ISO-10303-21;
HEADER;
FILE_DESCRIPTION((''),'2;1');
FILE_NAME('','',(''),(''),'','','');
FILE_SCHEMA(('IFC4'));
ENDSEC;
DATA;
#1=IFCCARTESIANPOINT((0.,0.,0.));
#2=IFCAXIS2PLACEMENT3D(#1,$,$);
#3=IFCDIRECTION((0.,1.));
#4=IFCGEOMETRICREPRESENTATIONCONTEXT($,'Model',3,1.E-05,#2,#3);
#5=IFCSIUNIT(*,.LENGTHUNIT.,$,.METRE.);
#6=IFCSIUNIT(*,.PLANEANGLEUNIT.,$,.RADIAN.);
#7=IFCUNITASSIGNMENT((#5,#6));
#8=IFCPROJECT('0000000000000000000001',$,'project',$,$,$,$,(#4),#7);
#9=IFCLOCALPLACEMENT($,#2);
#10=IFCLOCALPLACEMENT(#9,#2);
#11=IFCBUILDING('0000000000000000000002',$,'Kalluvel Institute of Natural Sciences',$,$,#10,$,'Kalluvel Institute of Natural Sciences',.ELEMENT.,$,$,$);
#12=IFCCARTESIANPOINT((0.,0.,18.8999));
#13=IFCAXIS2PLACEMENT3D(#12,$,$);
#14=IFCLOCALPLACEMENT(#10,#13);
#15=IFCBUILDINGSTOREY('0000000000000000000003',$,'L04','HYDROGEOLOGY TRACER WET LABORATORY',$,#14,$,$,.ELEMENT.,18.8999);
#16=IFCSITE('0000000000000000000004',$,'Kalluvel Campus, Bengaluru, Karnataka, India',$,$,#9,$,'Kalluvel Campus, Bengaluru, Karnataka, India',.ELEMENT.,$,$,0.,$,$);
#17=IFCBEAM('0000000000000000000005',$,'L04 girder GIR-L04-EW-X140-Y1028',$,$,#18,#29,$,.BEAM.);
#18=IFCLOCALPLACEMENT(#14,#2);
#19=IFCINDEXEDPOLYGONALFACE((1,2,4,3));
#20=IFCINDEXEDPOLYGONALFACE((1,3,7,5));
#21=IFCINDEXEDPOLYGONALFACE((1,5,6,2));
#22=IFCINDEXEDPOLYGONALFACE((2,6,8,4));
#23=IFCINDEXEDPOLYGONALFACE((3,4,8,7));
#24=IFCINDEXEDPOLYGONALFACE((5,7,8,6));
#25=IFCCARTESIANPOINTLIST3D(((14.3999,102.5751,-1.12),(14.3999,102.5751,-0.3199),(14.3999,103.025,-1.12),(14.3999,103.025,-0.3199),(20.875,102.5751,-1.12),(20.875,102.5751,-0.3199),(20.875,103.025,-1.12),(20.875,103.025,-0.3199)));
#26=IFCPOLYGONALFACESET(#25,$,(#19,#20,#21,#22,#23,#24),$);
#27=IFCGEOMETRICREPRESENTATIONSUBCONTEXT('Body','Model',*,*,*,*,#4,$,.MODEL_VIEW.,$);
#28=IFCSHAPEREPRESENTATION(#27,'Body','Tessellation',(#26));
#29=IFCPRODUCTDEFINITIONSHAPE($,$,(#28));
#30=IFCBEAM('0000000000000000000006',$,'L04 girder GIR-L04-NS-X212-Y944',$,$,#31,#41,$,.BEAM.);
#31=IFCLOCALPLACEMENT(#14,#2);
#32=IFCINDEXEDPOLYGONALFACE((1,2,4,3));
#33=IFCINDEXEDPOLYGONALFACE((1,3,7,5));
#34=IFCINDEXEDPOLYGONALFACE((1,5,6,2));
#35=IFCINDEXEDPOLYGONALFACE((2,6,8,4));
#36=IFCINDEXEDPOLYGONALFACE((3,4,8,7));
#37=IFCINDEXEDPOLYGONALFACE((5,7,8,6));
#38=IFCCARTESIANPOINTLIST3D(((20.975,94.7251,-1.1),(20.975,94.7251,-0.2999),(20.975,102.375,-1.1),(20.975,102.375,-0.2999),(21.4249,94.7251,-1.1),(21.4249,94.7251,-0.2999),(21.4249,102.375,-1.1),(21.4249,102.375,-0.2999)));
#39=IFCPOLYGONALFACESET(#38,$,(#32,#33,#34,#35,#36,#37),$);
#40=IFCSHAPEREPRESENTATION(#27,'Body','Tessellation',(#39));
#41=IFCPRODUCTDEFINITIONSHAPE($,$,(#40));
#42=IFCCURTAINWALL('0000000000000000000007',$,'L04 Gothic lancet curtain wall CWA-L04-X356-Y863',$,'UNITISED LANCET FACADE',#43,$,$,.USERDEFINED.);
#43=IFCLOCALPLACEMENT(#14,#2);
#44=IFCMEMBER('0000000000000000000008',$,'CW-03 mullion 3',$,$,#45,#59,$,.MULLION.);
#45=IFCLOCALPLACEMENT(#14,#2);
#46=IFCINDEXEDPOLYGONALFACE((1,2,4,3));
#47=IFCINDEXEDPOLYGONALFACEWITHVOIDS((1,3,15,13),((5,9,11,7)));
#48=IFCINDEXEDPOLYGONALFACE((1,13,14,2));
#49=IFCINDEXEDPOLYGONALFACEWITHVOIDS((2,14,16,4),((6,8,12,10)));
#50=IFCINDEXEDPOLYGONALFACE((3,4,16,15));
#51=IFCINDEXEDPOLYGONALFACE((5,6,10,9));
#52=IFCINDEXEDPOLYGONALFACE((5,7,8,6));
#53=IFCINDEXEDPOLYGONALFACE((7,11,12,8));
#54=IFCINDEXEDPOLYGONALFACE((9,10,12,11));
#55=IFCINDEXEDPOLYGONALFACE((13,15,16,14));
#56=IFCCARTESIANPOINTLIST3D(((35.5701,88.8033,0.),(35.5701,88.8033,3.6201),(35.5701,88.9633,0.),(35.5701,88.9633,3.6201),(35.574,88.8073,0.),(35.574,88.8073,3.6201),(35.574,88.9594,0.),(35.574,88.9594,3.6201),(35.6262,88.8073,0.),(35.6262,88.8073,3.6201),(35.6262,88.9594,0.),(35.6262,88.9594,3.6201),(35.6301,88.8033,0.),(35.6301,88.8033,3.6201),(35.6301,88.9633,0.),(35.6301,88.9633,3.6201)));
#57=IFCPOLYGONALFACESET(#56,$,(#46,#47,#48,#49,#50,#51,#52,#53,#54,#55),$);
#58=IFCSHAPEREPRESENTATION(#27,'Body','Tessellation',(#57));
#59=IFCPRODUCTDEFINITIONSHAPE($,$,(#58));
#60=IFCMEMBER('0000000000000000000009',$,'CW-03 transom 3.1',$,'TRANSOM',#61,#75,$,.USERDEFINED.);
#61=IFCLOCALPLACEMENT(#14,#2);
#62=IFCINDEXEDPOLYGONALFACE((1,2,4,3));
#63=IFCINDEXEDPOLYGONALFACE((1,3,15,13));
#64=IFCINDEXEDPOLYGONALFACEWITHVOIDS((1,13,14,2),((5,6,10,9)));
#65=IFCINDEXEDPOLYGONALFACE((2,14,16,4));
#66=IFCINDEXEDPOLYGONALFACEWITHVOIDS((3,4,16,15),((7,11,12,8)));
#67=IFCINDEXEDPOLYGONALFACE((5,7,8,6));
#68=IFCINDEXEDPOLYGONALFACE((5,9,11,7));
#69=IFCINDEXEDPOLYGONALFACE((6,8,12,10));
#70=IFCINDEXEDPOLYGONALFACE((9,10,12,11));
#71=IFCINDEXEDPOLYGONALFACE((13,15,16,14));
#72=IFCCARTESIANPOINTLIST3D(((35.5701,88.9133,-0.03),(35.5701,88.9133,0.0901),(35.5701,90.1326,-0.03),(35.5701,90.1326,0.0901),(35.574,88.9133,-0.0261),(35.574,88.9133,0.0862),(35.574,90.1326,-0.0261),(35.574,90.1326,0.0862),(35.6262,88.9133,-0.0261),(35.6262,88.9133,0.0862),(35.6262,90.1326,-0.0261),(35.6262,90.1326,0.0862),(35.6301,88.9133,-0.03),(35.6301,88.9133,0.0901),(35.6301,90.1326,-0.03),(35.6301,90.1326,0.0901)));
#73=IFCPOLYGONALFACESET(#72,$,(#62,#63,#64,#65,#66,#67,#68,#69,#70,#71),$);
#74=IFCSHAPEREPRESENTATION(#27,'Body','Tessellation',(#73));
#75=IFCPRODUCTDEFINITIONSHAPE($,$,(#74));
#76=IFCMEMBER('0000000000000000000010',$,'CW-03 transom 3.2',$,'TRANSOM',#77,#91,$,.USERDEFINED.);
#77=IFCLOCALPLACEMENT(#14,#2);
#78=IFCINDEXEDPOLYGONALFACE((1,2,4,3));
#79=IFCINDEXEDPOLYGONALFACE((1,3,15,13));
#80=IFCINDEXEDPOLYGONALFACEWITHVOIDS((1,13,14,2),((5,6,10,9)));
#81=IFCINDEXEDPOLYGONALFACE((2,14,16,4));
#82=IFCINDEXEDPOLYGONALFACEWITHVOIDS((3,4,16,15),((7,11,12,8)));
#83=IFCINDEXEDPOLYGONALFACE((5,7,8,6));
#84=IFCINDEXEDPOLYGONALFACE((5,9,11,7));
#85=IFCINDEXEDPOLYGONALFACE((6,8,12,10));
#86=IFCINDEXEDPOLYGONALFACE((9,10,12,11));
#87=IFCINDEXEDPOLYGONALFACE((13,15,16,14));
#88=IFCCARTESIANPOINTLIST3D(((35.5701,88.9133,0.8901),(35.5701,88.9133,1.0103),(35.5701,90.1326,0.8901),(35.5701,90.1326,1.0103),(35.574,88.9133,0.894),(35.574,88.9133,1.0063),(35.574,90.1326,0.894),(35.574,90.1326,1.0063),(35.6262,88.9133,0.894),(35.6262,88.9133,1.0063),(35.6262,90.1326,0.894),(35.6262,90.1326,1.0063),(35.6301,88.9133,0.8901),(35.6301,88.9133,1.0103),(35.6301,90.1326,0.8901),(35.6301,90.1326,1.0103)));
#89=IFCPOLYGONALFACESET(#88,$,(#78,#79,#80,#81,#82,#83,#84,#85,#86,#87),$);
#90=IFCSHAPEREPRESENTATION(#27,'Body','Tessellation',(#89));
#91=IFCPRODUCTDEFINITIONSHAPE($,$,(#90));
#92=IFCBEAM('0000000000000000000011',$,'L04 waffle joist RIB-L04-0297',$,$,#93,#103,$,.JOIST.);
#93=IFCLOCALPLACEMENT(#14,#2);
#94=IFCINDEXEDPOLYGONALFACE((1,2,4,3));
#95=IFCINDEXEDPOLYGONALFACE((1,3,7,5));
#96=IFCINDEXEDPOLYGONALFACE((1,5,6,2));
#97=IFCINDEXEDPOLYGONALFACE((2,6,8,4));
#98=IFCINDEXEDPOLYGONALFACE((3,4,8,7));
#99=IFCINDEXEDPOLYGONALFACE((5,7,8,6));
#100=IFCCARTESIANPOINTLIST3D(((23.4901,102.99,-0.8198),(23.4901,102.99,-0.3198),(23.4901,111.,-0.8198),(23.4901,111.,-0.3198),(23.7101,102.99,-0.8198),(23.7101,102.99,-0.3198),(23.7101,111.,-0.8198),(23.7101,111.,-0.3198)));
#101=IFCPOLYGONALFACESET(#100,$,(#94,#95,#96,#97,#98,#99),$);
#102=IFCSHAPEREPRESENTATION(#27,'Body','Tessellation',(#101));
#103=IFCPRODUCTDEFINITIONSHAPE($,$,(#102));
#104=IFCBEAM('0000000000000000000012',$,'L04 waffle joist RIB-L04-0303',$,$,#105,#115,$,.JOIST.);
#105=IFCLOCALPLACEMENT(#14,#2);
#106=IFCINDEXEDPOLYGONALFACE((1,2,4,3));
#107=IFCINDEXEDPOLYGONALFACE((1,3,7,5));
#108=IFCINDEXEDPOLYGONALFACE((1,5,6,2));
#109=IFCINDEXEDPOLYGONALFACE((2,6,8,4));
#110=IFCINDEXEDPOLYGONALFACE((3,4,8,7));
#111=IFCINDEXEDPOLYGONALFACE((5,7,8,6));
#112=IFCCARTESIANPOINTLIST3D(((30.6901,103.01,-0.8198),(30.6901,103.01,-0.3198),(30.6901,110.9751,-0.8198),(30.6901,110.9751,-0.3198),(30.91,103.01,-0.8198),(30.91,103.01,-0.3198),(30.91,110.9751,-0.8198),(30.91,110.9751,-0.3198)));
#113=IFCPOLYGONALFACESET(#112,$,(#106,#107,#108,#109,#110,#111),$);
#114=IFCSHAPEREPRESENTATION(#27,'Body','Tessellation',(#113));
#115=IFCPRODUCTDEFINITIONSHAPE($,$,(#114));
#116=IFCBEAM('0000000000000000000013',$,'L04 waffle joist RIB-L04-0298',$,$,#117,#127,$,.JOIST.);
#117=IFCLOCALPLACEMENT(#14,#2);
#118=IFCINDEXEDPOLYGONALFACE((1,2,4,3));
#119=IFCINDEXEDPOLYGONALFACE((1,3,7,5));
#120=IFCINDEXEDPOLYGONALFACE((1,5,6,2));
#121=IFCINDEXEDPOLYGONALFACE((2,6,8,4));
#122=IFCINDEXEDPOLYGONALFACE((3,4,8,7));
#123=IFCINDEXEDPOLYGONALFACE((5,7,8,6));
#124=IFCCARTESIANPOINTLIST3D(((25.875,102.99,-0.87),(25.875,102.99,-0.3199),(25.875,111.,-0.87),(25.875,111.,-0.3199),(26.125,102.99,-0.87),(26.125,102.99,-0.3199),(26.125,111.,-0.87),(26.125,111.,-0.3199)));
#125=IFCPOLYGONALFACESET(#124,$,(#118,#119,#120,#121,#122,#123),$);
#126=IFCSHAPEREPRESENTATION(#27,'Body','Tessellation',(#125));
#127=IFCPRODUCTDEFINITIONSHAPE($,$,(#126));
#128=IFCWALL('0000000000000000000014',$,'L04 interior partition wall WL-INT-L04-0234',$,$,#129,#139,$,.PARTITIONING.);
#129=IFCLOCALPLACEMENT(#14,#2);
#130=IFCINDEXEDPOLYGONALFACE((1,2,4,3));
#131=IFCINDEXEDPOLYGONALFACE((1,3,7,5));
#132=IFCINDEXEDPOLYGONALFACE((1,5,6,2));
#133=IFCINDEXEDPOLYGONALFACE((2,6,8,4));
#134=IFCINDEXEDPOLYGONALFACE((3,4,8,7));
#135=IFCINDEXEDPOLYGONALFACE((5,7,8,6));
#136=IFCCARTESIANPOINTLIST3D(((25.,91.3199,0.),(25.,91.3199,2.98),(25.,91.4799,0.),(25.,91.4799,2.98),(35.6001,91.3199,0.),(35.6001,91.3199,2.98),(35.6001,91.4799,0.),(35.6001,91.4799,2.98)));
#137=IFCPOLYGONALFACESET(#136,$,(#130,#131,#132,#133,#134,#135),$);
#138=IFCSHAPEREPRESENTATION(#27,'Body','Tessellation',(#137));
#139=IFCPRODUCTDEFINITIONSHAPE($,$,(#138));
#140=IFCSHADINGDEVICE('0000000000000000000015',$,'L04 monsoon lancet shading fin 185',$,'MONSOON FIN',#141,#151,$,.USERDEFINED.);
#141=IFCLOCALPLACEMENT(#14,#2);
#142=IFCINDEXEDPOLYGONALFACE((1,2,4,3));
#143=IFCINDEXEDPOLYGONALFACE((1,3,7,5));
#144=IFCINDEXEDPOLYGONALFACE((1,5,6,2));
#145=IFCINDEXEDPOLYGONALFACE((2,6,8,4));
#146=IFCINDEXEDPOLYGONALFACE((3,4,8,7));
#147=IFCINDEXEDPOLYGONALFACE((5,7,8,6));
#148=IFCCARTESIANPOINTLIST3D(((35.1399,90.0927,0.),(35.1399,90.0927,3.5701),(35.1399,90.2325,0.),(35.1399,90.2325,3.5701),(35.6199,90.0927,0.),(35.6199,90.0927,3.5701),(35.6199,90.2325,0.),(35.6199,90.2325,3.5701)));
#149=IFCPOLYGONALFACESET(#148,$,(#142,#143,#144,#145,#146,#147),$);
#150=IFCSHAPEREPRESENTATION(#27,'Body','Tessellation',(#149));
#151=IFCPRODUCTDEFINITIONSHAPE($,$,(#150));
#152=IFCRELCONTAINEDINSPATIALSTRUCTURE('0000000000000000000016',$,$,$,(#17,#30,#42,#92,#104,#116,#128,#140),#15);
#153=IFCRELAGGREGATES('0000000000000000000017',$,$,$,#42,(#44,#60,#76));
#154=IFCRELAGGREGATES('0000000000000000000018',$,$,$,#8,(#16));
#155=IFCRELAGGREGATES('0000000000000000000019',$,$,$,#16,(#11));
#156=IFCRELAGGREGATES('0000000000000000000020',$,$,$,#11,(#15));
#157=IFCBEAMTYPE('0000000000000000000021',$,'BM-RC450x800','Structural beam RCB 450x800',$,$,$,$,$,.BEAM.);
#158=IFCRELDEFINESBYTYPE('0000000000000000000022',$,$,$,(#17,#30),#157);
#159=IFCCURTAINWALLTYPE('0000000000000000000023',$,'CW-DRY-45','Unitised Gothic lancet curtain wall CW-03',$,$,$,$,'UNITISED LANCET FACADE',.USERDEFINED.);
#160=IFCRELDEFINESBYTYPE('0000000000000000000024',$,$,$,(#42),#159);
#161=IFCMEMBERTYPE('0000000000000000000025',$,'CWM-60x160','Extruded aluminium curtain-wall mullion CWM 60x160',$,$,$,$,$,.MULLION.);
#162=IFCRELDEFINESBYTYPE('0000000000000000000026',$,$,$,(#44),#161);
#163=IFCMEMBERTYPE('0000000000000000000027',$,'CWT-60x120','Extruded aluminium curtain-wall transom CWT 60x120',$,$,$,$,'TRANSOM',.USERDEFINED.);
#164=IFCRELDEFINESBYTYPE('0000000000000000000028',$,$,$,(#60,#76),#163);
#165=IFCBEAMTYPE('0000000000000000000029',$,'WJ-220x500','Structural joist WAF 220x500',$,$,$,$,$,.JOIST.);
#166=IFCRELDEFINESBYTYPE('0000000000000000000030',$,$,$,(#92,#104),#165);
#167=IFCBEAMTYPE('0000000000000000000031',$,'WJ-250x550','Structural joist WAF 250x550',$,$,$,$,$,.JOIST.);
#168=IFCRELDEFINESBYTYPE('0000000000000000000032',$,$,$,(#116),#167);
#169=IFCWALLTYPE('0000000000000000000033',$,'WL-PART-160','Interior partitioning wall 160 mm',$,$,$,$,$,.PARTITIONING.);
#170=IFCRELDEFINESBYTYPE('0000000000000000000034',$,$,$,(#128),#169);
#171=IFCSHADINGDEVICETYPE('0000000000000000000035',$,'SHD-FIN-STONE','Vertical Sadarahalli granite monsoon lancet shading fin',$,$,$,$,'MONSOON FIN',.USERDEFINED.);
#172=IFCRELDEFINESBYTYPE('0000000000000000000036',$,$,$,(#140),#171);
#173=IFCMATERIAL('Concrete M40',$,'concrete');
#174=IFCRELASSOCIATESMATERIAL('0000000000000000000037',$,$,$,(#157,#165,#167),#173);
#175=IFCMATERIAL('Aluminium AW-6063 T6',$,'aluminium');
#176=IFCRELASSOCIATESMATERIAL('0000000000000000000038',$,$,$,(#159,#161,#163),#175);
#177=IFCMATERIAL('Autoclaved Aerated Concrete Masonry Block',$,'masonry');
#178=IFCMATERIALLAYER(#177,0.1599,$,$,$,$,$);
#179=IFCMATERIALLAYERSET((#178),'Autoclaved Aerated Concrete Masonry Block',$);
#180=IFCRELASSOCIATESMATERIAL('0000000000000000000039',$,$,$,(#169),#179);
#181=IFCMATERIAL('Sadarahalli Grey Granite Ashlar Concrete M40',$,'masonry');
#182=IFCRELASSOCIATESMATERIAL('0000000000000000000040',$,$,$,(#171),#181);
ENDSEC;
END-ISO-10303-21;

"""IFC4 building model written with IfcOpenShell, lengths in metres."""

from ifc_helpers import new_model, si_unit, direction, frame, frame_2d, origin, origin_2d, place, context, subcontext, project, spatial, rectangle, hollow_rectangle, extrude, material, layer, layer_set, material_profile, profile_set, type_object, element, aggregate, save


model = new_model("IFC4")

# Units and contexts
model_context = context("Model", 3, precision=1e-05, world=origin(), true_north=direction((0.0, 1.0)))
body_context = subcontext(model_context, "Body", "Model", "MODEL_VIEW")
ifc_project = project(units=[si_unit("LENGTHUNIT", "METRE"), si_unit("PLANEANGLEUNIT", "RADIAN")], contexts=[model_context])

# Site, building, storey
site_placement = place(None, origin())
site = spatial("IfcSite", under=ifc_project, at=site_placement, Name="Kalluvel Campus, Bengaluru, Karnataka, India", LongName="Kalluvel Campus, Bengaluru, Karnataka, India", CompositionType="ELEMENT", RefElevation=0.0)
building_placement = place(site_placement, origin())
building = spatial("IfcBuilding", under=site, at=building_placement, Name="Kalluvel Institute of Natural Sciences", LongName="Kalluvel Institute of Natural Sciences", CompositionType="ELEMENT")
storey_placement = place(building_placement, frame((0.0, 0.0, 18.8999)))
storey = spatial("IfcBuildingStorey", under=building, at=storey_placement, Name="L04", Description="HYDROGEOLOGY TRACER WET LABORATORY", CompositionType="ELEMENT", Elevation=18.8999)

# Shared definitions
ifc_material_1 = material(Name="Concrete M40", Category="concrete")

# Beams
ifc_material_profile_1 = material_profile(ifc_material_1, rectangle(XDim=0.45, YDim=0.8, at=origin_2d()), Name="RCB 450x800")
ifc_profile_set_1 = profile_set([ifc_material_profile_1], Name="Concrete M40")
beam_type_1 = type_object("IfcBeamType", Name="BM-RC450x800", Description="Structural beam RCB 450x800", PredefinedType="BEAM", material=ifc_profile_set_1)
beam_1_placement = place(storey_placement, frame((14.3999, 102.8, -0.72), z_axis=(1.0, 0.0, 0.0), x_axis=(0.0, 1.0, 0.0)))
element("IfcBeam", 1, at=beam_1_placement, inside=storey, type_object=beam_type_1, Name="L04 girder GIR-L04-EW-X140-Y1028", PredefinedType="BEAM", context=body_context, shape_type="SweptSolid", body=[
    extrude(rectangle(XDim=0.45, YDim=0.8, at=origin_2d()), origin(), (0.0, 0.0, 1.0), 6.4751),
])
beam_2_placement = place(storey_placement, frame((21.2, 94.7251, -0.7), z_axis=(0.0, 1.0, 0.0), x_axis=(-1.0, 0.0, 0.0)))
element("IfcBeam", 2, at=beam_2_placement, inside=storey, type_object=beam_type_1, Name="L04 girder GIR-L04-NS-X212-Y944", PredefinedType="BEAM", context=body_context, shape_type="SweptSolid", body=[
    extrude(rectangle(XDim=0.45, YDim=0.8, at=origin_2d()), origin(), (0.0, 0.0, 1.0), 7.6499),
])

# Curtain wall, members
ifc_material_2 = material(Name="Aluminium AW-6063 T6", Category="aluminium")
curtain_wall_type = type_object("IfcCurtainWallType", Name="CW-DRY-45", Description="Unitised Gothic lancet curtain wall CW-03", ElementType="UNITISED LANCET FACADE", PredefinedType="USERDEFINED", material=ifc_material_2)
curtain_wall_placement = place(storey_placement, origin())
curtain_wall = element("IfcCurtainWall", 3, at=curtain_wall_placement, inside=storey, type_object=curtain_wall_type, Name="L04 Gothic lancet curtain wall CWA-L04-X356-Y863", ObjectType="UNITISED LANCET FACADE", PredefinedType="USERDEFINED")
ifc_material_profile_2 = material_profile(ifc_material_2, hollow_rectangle(XDim=0.0601, YDim=0.1599, WallThickness=0.0039, at=origin_2d()), Name="CWM 60x160")
ifc_profile_set_2 = profile_set([ifc_material_profile_2], Name="Aluminium AW-6063 T6")
member_type_1 = type_object("IfcMemberType", Name="CWM-60x160", Description="Extruded aluminium curtain-wall mullion CWM 60x160", PredefinedType="MULLION", material=ifc_profile_set_2)
member_1_placement = place(storey_placement, frame((35.6001, 88.8833, 0.0), z_axis=(0.0, 0.0, 1.0), x_axis=(-1.0, 0.0, 0.0)))
member_1 = element("IfcMember", 4, at=member_1_placement, type_object=member_type_1, Name="CW-03 mullion 3", PredefinedType="MULLION", context=body_context, shape_type="SweptSolid", body=[
    extrude(hollow_rectangle(XDim=0.0601, YDim=0.1599, WallThickness=0.0039, at=origin_2d()), origin(), (0.0, 0.0, 1.0), 3.6201),
])
ifc_material_profile_3 = material_profile(ifc_material_2, hollow_rectangle(XDim=0.0601, YDim=0.1201, WallThickness=0.0039, at=origin_2d()), Name="CWT 60x120")
ifc_profile_set_3 = profile_set([ifc_material_profile_3], Name="Aluminium AW-6063 T6")
member_type_2 = type_object("IfcMemberType", Name="CWT-60x120", Description="Extruded aluminium curtain-wall transom CWT 60x120", ElementType="TRANSOM", PredefinedType="USERDEFINED", material=ifc_profile_set_3)
member_2_placement = place(storey_placement, frame((35.6001, 88.9133, 0.03), z_axis=(0.0, 1.0, 0.0), x_axis=(-1.0, 0.0, 0.0)))
member_2 = element("IfcMember", 5, at=member_2_placement, type_object=member_type_2, Name="CW-03 transom 3.1", ObjectType="TRANSOM", PredefinedType="USERDEFINED", context=body_context, shape_type="SweptSolid", body=[
    extrude(hollow_rectangle(XDim=0.0601, YDim=0.1201, WallThickness=0.0039, at=origin_2d()), origin(), (0.0, 0.0, 1.0), 1.2192),
])
member_3_placement = place(storey_placement, frame((35.6001, 88.9133, 0.9502), z_axis=(0.0, 1.0, 0.0), x_axis=(-1.0, 0.0, 0.0)))
member_3 = element("IfcMember", 6, at=member_3_placement, type_object=member_type_2, Name="CW-03 transom 3.2", ObjectType="TRANSOM", PredefinedType="USERDEFINED", context=body_context, shape_type="SweptSolid", body=[
    extrude(hollow_rectangle(XDim=0.0601, YDim=0.1201, WallThickness=0.0039, at=origin_2d()), origin(), (0.0, 0.0, 1.0), 1.2192),
])
aggregate(curtain_wall, [member_1, member_2, member_3])

# Beams
ifc_material_profile_4 = material_profile(ifc_material_1, rectangle(XDim=0.22, YDim=0.5, at=origin_2d()), Name="WAF 220x500")
ifc_profile_set_4 = profile_set([ifc_material_profile_4], Name="Concrete M40")
beam_type_2 = type_object("IfcBeamType", Name="WJ-220x500", Description="Structural joist WAF 220x500", PredefinedType="JOIST", material=ifc_profile_set_4)
beam_3_placement = place(storey_placement, frame((23.6001, 102.99, -0.5698), z_axis=(0.0, 1.0, 0.0), x_axis=(-1.0, 0.0, 0.0)))
element("IfcBeam", 7, at=beam_3_placement, inside=storey, type_object=beam_type_2, Name="L04 waffle joist RIB-L04-0297", PredefinedType="JOIST", context=body_context, shape_type="SweptSolid", body=[
    extrude(rectangle(XDim=0.22, YDim=0.5, at=origin_2d()), origin(), (0.0, 0.0, 1.0), 8.01),
])
beam_4_placement = place(storey_placement, frame((30.8, 103.01, -0.5698), z_axis=(0.0, 1.0, 0.0), x_axis=(-1.0, 0.0, 0.0)))
element("IfcBeam", 8, at=beam_4_placement, inside=storey, type_object=beam_type_2, Name="L04 waffle joist RIB-L04-0303", PredefinedType="JOIST", context=body_context, shape_type="SweptSolid", body=[
    extrude(rectangle(XDim=0.22, YDim=0.5, at=origin_2d()), origin(), (0.0, 0.0, 1.0), 7.9651),
])
ifc_material_profile_5 = material_profile(ifc_material_1, rectangle(XDim=0.25, YDim=0.55, at=origin_2d()), Name="WAF 250x550")
ifc_profile_set_5 = profile_set([ifc_material_profile_5], Name="Concrete M40")
beam_type_3 = type_object("IfcBeamType", Name="WJ-250x550", Description="Structural joist WAF 250x550", PredefinedType="JOIST", material=ifc_profile_set_5)
beam_5_placement = place(storey_placement, frame((26.0, 102.99, -0.595), z_axis=(0.0, 1.0, 0.0), x_axis=(-1.0, 0.0, 0.0)))
element("IfcBeam", 9, at=beam_5_placement, inside=storey, type_object=beam_type_3, Name="L04 waffle joist RIB-L04-0298", PredefinedType="JOIST", context=body_context, shape_type="SweptSolid", body=[
    extrude(rectangle(XDim=0.25, YDim=0.55, at=origin_2d()), origin(), (0.0, 0.0, 1.0), 8.01),
])

# Wall
ifc_material_3 = material(Name="Autoclaved Aerated Concrete Masonry Block", Category="masonry")
ifc_layer = layer(ifc_material_3, 0.1599)
ifc_layer_set = layer_set([ifc_layer], Name="Autoclaved Aerated Concrete Masonry Block")
wall_type = type_object("IfcWallType", Name="WL-PART-160", Description="Interior partitioning wall 160 mm", PredefinedType="PARTITIONING", material=ifc_layer_set)
wall_placement = place(storey_placement, frame((25.0, 91.3999, 0.0), z_axis=(0.0, 0.0, 1.0), x_axis=(1.0, 0.0, 0.0)))
element("IfcWall", 10, at=wall_placement, inside=storey, type_object=wall_type, Name="L04 interior partition wall WL-INT-L04-0234", PredefinedType="PARTITIONING", context=body_context, shape_type="SweptSolid", body=[
    extrude(rectangle(XDim=10.6001, YDim=0.1599, at=frame_2d((5.3, 0.0))), origin(), (0.0, 0.0, 1.0), 2.98),
])

# Shading device
ifc_material_4 = material(Name="Sadarahalli Grey Granite Ashlar Concrete M40", Category="masonry")
shading_device_type = type_object("IfcShadingDeviceType", Name="SHD-FIN-STONE", Description="Vertical Sadarahalli granite monsoon lancet shading fin", ElementType="MONSOON FIN", PredefinedType="USERDEFINED", material=ifc_material_4)
shading_device_placement = place(storey_placement, frame((35.3799, 90.1626, 0.0), z_axis=(0.0, 0.0, 1.0), x_axis=(0.0, 1.0, 0.0)))
element("IfcShadingDevice", 11, at=shading_device_placement, inside=storey, type_object=shading_device_type, Name="L04 monsoon lancet shading fin 185", ObjectType="MONSOON FIN", PredefinedType="USERDEFINED", context=body_context, shape_type="SweptSolid", body=[
    extrude(rectangle(XDim=0.1399, YDim=0.48, at=origin_2d()), origin(), (0.0, 0.0, 1.0), 3.5701),
])

save(model, "model.ifc")
